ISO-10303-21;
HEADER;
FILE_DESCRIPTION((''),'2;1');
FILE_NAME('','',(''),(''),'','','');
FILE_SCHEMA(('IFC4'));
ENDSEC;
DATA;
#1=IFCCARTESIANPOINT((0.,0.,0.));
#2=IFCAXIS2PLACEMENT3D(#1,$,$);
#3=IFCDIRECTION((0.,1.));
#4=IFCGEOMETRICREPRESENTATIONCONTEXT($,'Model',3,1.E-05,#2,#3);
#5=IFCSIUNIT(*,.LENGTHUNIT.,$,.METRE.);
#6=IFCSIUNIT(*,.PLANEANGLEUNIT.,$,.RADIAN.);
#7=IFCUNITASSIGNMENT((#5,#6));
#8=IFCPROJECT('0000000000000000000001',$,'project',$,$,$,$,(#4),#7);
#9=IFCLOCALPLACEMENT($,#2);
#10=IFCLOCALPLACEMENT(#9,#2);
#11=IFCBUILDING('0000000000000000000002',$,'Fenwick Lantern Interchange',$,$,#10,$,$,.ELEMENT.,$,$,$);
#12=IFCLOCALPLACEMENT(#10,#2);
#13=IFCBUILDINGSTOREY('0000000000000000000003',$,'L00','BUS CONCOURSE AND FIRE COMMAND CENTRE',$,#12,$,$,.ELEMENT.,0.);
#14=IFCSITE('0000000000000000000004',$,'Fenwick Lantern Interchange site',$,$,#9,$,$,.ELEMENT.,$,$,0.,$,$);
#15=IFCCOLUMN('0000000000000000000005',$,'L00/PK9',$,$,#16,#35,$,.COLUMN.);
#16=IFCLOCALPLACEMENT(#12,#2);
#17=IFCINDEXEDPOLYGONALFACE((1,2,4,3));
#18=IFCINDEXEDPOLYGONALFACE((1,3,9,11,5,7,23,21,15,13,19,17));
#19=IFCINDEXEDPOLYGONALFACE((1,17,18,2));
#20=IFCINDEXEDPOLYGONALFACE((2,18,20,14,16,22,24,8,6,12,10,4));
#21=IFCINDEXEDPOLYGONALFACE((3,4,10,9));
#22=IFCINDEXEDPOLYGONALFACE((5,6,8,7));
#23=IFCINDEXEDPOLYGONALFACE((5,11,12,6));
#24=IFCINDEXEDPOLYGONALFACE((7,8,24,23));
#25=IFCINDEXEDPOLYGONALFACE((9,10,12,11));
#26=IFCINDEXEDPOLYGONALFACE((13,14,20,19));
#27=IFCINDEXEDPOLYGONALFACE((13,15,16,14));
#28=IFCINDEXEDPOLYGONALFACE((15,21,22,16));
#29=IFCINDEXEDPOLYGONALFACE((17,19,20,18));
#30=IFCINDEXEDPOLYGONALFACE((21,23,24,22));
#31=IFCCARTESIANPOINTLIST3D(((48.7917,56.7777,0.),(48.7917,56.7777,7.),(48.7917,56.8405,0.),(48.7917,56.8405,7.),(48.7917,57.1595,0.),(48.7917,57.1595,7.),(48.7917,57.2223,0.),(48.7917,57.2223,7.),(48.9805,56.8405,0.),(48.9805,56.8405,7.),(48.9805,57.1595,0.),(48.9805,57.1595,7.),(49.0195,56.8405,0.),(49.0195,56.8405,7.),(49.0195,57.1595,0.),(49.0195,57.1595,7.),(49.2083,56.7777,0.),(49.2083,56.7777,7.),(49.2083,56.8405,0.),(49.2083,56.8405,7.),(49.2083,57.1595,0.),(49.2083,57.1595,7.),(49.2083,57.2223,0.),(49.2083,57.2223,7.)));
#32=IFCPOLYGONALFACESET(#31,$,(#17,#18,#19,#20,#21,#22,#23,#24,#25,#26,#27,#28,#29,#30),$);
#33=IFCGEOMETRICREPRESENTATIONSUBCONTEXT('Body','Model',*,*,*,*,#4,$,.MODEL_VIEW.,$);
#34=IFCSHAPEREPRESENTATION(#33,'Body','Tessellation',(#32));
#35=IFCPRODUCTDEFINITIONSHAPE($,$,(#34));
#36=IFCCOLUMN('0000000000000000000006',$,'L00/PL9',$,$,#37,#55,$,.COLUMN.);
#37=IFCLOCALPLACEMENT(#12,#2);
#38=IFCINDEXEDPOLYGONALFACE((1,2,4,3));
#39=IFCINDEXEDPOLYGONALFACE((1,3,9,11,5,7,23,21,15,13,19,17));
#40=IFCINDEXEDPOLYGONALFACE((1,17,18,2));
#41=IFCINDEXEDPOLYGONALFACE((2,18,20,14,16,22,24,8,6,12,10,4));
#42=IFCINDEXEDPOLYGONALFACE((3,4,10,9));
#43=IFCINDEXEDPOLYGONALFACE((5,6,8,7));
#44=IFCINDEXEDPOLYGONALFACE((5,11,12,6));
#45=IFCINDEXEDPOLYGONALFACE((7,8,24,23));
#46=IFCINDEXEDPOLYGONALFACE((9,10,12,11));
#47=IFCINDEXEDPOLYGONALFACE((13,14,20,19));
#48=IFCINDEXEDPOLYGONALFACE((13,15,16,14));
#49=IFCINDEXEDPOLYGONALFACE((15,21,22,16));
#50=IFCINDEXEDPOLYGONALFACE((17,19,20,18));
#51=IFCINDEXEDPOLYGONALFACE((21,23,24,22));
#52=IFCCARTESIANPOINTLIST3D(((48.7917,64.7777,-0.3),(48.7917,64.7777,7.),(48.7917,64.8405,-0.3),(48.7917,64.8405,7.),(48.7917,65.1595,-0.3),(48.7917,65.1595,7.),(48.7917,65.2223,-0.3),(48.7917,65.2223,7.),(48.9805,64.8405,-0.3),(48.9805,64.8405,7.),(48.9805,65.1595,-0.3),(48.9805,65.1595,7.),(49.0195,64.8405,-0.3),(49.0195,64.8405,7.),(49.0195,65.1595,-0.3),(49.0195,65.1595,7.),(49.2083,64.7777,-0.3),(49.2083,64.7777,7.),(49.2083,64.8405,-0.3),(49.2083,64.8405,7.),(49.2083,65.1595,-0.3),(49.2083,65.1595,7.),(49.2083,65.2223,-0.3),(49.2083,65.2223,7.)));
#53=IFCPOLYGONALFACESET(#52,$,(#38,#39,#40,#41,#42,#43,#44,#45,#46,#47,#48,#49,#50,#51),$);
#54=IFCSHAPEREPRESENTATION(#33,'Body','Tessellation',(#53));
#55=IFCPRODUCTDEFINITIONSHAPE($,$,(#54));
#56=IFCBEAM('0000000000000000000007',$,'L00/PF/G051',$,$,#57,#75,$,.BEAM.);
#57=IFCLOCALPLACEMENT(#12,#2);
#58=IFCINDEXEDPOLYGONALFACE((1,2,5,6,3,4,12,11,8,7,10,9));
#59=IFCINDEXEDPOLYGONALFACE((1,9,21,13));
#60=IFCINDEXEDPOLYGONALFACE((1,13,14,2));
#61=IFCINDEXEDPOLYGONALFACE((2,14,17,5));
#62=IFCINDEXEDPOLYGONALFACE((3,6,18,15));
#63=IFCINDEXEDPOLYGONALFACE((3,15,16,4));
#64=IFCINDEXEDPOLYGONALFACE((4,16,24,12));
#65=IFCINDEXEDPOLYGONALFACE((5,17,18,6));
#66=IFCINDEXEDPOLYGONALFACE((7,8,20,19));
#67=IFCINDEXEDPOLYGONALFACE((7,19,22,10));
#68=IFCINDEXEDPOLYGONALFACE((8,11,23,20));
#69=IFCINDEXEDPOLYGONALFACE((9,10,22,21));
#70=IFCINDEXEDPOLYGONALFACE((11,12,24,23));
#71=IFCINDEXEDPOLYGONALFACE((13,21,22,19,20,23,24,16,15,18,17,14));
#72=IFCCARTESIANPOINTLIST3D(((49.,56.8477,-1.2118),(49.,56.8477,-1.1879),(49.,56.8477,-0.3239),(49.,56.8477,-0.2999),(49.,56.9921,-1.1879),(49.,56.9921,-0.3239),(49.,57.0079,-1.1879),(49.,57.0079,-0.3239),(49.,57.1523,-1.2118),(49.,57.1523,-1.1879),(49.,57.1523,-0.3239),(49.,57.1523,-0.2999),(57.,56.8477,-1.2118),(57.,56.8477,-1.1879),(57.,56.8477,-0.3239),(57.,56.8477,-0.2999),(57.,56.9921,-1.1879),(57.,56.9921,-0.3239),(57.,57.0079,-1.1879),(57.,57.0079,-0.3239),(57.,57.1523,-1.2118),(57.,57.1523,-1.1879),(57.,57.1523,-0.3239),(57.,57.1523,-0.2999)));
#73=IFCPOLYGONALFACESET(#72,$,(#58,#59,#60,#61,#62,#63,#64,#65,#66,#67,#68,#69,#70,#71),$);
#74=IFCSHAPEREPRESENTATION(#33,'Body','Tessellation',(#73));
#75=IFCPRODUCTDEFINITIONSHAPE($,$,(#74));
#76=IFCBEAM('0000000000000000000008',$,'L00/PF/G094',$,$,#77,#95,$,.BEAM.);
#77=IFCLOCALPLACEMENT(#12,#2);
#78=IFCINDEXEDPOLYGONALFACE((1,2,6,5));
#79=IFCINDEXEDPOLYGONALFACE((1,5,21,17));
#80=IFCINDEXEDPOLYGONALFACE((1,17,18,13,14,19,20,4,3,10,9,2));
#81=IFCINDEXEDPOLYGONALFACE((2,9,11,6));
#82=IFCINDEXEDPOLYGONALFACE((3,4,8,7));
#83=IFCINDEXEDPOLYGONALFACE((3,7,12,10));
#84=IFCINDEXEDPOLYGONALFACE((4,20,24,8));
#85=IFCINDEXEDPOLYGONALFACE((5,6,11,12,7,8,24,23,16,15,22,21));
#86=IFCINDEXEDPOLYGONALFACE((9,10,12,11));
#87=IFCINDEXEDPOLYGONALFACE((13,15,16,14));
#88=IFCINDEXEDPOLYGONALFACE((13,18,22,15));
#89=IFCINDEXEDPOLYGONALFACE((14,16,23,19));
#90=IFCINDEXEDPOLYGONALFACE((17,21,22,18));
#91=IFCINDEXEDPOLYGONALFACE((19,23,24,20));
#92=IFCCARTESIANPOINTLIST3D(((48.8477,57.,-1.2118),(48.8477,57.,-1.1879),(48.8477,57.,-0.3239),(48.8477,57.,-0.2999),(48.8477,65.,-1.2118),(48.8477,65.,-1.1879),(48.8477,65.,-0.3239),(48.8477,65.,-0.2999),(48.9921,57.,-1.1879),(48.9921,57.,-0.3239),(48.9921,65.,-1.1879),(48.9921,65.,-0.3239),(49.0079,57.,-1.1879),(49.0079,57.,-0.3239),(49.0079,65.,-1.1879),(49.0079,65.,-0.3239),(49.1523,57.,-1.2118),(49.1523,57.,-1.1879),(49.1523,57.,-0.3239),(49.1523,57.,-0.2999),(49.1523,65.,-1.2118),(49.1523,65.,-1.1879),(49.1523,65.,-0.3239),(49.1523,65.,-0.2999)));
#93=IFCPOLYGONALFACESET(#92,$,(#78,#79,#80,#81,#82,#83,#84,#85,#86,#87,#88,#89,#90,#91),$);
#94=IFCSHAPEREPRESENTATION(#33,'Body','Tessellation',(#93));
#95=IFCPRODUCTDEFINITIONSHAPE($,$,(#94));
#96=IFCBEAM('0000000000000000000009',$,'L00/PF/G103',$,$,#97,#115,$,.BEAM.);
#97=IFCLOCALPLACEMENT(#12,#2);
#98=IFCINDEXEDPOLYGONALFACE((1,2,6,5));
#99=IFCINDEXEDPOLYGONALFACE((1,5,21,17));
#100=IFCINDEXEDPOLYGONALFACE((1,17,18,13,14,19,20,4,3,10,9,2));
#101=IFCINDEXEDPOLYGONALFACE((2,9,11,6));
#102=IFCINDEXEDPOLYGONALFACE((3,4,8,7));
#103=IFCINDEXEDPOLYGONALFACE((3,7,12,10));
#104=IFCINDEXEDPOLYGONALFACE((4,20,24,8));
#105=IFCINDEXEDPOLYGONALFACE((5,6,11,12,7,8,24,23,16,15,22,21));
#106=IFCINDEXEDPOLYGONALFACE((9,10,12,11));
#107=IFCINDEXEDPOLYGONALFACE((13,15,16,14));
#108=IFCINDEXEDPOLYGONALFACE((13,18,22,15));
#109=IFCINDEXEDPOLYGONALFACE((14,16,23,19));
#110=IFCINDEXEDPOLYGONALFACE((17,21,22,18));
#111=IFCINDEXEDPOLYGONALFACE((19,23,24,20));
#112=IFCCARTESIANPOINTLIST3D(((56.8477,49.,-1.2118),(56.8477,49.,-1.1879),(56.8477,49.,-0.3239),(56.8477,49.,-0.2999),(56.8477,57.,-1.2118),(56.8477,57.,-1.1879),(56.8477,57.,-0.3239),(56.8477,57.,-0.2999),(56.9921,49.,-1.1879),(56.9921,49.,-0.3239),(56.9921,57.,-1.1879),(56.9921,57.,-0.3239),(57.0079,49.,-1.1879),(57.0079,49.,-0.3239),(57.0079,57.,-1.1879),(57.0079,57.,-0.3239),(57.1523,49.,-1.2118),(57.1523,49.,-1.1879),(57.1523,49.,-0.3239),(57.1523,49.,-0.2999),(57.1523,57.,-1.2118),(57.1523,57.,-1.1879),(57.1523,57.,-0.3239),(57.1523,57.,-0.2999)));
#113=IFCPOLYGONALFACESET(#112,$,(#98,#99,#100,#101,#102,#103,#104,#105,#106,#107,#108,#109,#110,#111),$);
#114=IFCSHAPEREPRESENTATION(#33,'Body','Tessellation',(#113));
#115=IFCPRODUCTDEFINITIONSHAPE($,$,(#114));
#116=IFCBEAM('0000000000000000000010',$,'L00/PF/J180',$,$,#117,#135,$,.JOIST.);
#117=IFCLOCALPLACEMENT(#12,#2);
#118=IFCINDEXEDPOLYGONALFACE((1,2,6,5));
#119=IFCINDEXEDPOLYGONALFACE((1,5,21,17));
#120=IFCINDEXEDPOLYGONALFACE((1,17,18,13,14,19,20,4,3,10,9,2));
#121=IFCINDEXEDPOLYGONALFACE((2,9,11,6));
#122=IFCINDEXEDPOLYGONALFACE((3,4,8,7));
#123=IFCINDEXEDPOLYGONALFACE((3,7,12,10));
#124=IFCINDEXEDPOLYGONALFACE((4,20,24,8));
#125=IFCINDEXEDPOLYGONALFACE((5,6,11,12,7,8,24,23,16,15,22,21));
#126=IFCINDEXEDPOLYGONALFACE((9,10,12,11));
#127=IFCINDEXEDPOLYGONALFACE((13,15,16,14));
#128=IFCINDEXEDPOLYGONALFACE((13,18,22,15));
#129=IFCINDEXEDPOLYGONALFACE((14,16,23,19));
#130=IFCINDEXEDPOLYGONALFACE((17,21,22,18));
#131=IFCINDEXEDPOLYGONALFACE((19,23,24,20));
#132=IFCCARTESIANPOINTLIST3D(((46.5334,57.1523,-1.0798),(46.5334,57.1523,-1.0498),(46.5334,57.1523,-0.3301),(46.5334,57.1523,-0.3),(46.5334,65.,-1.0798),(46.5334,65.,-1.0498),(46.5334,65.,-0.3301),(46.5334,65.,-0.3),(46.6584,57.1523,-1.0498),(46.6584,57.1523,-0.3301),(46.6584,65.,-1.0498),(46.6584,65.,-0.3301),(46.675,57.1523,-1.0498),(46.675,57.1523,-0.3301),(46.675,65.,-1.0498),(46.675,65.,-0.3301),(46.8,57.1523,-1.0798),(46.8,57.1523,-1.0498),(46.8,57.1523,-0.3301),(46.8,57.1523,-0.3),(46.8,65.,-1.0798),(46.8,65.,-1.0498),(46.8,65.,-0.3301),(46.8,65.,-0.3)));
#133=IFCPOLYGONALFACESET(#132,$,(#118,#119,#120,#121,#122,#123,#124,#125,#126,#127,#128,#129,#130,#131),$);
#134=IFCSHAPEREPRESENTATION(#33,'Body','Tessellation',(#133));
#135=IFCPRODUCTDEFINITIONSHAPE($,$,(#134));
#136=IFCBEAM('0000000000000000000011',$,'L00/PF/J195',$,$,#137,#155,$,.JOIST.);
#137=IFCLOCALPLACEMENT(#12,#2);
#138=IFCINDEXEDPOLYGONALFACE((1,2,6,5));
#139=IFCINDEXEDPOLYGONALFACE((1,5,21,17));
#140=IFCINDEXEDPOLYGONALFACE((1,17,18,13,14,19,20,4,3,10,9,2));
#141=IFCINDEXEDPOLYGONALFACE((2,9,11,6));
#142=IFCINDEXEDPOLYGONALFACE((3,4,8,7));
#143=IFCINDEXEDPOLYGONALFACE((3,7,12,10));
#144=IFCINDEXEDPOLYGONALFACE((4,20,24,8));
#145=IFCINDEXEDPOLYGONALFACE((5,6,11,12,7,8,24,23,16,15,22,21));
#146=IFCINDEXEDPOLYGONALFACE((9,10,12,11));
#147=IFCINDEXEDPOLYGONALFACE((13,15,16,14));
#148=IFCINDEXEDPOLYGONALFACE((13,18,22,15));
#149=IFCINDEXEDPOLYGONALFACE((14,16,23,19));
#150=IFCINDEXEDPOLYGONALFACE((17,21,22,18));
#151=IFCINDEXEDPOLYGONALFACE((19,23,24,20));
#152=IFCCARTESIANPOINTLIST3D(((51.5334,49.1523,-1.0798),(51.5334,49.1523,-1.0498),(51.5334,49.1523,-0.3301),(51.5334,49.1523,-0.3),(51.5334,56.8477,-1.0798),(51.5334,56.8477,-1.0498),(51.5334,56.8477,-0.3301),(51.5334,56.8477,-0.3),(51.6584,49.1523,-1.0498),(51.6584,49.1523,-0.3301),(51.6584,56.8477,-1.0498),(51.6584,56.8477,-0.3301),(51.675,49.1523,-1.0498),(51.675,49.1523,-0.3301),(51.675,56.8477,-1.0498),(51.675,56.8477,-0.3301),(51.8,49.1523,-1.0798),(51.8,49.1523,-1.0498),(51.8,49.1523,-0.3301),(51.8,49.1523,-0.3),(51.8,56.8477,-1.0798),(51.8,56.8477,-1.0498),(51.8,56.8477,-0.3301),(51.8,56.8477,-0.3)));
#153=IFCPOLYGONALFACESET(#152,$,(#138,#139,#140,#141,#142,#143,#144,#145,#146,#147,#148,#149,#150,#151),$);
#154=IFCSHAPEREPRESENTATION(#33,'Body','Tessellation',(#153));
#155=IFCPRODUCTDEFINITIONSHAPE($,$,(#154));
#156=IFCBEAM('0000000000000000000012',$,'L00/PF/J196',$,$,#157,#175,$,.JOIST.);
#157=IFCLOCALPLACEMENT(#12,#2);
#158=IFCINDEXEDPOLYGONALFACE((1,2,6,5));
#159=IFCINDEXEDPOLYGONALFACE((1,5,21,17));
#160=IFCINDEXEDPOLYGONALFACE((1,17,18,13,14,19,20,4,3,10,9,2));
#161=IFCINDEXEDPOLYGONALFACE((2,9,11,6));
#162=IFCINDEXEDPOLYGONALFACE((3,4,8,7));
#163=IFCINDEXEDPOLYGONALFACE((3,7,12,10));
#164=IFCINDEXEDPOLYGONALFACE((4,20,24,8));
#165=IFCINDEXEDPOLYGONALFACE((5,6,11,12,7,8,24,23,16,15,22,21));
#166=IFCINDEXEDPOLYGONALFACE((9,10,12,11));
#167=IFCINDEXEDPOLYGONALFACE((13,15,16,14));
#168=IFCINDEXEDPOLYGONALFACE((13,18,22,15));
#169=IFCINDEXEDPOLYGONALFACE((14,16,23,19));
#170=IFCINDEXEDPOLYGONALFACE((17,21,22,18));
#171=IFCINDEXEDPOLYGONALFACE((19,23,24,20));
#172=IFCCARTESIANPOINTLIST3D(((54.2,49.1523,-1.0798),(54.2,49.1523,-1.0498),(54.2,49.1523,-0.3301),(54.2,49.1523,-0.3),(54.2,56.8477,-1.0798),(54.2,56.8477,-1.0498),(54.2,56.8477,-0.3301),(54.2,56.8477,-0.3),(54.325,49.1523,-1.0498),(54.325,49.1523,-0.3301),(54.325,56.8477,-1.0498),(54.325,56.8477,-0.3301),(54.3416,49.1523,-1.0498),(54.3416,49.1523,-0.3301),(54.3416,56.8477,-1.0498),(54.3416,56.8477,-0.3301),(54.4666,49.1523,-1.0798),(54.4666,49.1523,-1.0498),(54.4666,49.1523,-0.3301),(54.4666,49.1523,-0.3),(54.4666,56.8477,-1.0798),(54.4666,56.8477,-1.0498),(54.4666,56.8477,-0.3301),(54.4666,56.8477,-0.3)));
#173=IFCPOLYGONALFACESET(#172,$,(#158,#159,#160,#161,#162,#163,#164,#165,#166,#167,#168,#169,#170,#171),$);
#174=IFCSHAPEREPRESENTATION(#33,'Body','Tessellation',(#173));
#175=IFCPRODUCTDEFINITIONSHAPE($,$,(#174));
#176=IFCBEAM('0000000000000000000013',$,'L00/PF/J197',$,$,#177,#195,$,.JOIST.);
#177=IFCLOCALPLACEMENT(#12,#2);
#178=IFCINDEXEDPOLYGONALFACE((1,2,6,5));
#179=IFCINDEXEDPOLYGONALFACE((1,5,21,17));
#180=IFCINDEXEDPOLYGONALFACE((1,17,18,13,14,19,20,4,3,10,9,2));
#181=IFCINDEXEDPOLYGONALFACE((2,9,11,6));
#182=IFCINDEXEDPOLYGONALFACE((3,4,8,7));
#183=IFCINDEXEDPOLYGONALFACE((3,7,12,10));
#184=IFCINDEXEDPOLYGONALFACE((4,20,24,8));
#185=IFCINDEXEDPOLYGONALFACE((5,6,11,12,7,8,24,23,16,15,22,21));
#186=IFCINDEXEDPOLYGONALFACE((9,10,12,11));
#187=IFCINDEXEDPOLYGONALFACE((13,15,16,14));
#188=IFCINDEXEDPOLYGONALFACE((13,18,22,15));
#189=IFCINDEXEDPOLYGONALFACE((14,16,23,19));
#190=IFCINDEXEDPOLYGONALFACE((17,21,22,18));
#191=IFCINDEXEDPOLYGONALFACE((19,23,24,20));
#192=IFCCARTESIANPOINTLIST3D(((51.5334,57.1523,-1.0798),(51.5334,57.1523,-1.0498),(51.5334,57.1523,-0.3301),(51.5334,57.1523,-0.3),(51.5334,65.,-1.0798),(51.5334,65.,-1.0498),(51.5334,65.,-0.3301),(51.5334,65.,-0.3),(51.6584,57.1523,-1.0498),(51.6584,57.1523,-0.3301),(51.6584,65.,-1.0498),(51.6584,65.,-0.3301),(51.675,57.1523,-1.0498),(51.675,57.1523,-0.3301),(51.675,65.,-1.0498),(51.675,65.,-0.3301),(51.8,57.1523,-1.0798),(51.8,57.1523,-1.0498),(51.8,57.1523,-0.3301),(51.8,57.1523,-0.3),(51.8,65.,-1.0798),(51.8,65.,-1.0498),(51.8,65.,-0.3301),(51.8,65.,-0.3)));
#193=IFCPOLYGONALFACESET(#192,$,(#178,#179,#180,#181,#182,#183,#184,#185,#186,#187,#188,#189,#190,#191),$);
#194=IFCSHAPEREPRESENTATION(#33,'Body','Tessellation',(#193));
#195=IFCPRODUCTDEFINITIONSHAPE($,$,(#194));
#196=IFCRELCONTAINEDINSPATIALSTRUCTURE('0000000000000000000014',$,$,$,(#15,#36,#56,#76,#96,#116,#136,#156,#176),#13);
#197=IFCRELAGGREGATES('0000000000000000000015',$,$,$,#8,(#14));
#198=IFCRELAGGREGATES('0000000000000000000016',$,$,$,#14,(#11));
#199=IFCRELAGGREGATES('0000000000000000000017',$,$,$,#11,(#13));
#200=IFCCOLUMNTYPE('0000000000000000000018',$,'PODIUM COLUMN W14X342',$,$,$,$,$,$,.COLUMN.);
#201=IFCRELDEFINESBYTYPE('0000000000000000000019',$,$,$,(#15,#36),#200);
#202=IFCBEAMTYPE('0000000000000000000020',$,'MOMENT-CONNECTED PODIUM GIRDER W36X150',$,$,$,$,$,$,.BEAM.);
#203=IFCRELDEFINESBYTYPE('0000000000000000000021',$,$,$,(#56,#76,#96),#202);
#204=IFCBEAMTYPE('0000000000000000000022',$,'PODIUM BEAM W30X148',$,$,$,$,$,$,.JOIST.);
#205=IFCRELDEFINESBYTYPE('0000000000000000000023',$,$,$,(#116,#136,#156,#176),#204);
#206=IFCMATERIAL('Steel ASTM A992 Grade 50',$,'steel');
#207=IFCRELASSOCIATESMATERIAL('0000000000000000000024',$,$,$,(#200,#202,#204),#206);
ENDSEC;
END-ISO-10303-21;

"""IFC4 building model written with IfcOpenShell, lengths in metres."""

from ifc_helpers import new_model, si_unit, direction, frame, origin, origin_2d, place, context, subcontext, project, spatial, i_section, extrude, material, material_profile, profile_set, type_object, element, save


model = new_model("IFC4")

# Units and contexts
model_context = context("Model", 3, precision=1e-05, world=origin(), true_north=direction((0.0, 1.0)))
body_context = subcontext(model_context, "Body", "Model", "MODEL_VIEW")
ifc_project = project(units=[si_unit("LENGTHUNIT", "METRE"), si_unit("PLANEANGLEUNIT", "RADIAN")], contexts=[model_context])

# Site, building, storey
site_placement = place(None, origin())
site = spatial("IfcSite", under=ifc_project, at=site_placement, Name="Fenwick Lantern Interchange site", CompositionType="ELEMENT", RefElevation=0.0)
building_placement = place(site_placement, origin())
building = spatial("IfcBuilding", under=site, at=building_placement, Name="Fenwick Lantern Interchange", CompositionType="ELEMENT")
storey_placement = place(building_placement, origin())
storey = spatial("IfcBuildingStorey", under=building, at=storey_placement, Name="L00", Description="BUS CONCOURSE AND FIRE COMMAND CENTRE", CompositionType="ELEMENT", Elevation=0.0)

# Columns
ifc_material_1 = material(Name="Steel ASTM A992 Grade 50", Category="steel")
ifc_material_profile_1 = material_profile(ifc_material_1, i_section(OverallWidth=0.4165, OverallDepth=0.4446, WebThickness=0.0391, FlangeThickness=0.0627, at=origin_2d()), Name="W14X342")
ifc_profile_set_1 = profile_set([ifc_material_profile_1], Name="Steel ASTM A992 Grade 50")
column_type = type_object("IfcColumnType", Name="PODIUM COLUMN W14X342", PredefinedType="COLUMN", material=ifc_profile_set_1)
column_1_placement = place(storey_placement, frame((49.0, 57.0, 0.0), z_axis=(0.0, 0.0, 1.0), x_axis=(1.0, 0.0, 0.0)))
element("IfcColumn", 1, at=column_1_placement, inside=storey, type_object=column_type, Name="L00/PK9", PredefinedType="COLUMN", context=body_context, shape_type="SweptSolid", body=[
    extrude(i_section(OverallWidth=0.4165, OverallDepth=0.4446, WebThickness=0.0391, FlangeThickness=0.0627, at=origin_2d()), origin(), (0.0, 0.0, 1.0), 7.0),
])
column_2_placement = place(storey_placement, frame((49.0, 65.0, -0.3), z_axis=(0.0, 0.0, 1.0), x_axis=(1.0, 0.0, 0.0)))
element("IfcColumn", 2, at=column_2_placement, inside=storey, type_object=column_type, Name="L00/PL9", PredefinedType="COLUMN", context=body_context, shape_type="SweptSolid", body=[
    extrude(i_section(OverallWidth=0.4165, OverallDepth=0.4446, WebThickness=0.0391, FlangeThickness=0.0627, at=origin_2d()), origin(), (0.0, 0.0, 1.0), 7.3),
])

# Beams
ifc_material_profile_2 = material_profile(ifc_material_1, i_section(OverallWidth=0.3047, OverallDepth=0.9119, WebThickness=0.0159, FlangeThickness=0.0239, at=origin_2d()), Name="W36X150")
ifc_profile_set_2 = profile_set([ifc_material_profile_2], Name="Steel ASTM A992 Grade 50")
beam_type_1 = type_object("IfcBeamType", Name="MOMENT-CONNECTED PODIUM GIRDER W36X150", PredefinedType="BEAM", material=ifc_profile_set_2)
for number, where, z_axis, x_axis, name in (
    (3, (49.0, 57.0, -0.7559), (1.0, 0.0, 0.0), (0.0, 1.0, 0.0), "L00/PF/G051"),
    (4, (49.0, 57.0, -0.7559), (0.0, 1.0, 0.0), (-1.0, 0.0, 0.0), "L00/PF/G094"),
    (5, (57.0, 49.0, -0.7559), (0.0, 1.0, 0.0), (-1.0, 0.0, 0.0), "L00/PF/G103"),
):
    element("IfcBeam", number, at=place(storey_placement, frame(where, z_axis=z_axis, x_axis=x_axis)), inside=storey, type_object=beam_type_1, Name=name, PredefinedType="BEAM", context=body_context, shape_type="SweptSolid", body=[
        extrude(i_section(OverallWidth=0.3047, OverallDepth=0.9119, WebThickness=0.0159, FlangeThickness=0.0239, at=origin_2d()), origin(), (0.0, 0.0, 1.0), 8.0),
    ])
ifc_material_profile_3 = material_profile(ifc_material_1, i_section(OverallWidth=0.2666, OverallDepth=0.7798, WebThickness=0.0166, FlangeThickness=0.03, at=origin_2d()), Name="W30X148")
ifc_profile_set_3 = profile_set([ifc_material_profile_3], Name="Steel ASTM A992 Grade 50")
beam_type_2 = type_object("IfcBeamType", Name="PODIUM BEAM W30X148", PredefinedType="JOIST", material=ifc_profile_set_3)
beam_placement = place(storey_placement, frame((46.6667, 57.1523, -0.6899), z_axis=(0.0, 1.0, 0.0), x_axis=(-1.0, 0.0, 0.0)))
element("IfcBeam", 6, at=beam_placement, inside=storey, type_object=beam_type_2, Name="L00/PF/J180", PredefinedType="JOIST", context=body_context, shape_type="SweptSolid", body=[
    extrude(i_section(OverallWidth=0.2666, OverallDepth=0.7798, WebThickness=0.0166, FlangeThickness=0.03, at=origin_2d()), origin(), (0.0, 0.0, 1.0), 7.8477),
])
for number, where, z_axis, x_axis, name in (
    (7, (51.6667, 49.1523, -0.6899), (0.0, 1.0, 0.0), (-1.0, 0.0, 0.0), "L00/PF/J195"),
    (8, (54.3333, 49.1523, -0.6899), (0.0, 1.0, 0.0), (-1.0, 0.0, 0.0), "L00/PF/J196"),
):
    element("IfcBeam", number, at=place(storey_placement, frame(where, z_axis=z_axis, x_axis=x_axis)), inside=storey, type_object=beam_type_2, Name=name, PredefinedType="JOIST", context=body_context, shape_type="SweptSolid", body=[
        extrude(i_section(OverallWidth=0.2666, OverallDepth=0.7798, WebThickness=0.0166, FlangeThickness=0.03, at=origin_2d()), origin(), (0.0, 0.0, 1.0), 7.6953),
    ])
for number, where, z_axis, x_axis, name in (
    (9, (51.6667, 57.1523, -0.6899), (0.0, 1.0, 0.0), (-1.0, 0.0, 0.0), "L00/PF/J197"),
):
    element("IfcBeam", number, at=place(storey_placement, frame(where, z_axis=z_axis, x_axis=x_axis)), inside=storey, type_object=beam_type_2, Name=name, PredefinedType="JOIST", context=body_context, shape_type="SweptSolid", body=[
        extrude(i_section(OverallWidth=0.2666, OverallDepth=0.7798, WebThickness=0.0166, FlangeThickness=0.03, at=origin_2d()), origin(), (0.0, 0.0, 1.0), 7.8477),
    ])

save(model, "model.ifc")
